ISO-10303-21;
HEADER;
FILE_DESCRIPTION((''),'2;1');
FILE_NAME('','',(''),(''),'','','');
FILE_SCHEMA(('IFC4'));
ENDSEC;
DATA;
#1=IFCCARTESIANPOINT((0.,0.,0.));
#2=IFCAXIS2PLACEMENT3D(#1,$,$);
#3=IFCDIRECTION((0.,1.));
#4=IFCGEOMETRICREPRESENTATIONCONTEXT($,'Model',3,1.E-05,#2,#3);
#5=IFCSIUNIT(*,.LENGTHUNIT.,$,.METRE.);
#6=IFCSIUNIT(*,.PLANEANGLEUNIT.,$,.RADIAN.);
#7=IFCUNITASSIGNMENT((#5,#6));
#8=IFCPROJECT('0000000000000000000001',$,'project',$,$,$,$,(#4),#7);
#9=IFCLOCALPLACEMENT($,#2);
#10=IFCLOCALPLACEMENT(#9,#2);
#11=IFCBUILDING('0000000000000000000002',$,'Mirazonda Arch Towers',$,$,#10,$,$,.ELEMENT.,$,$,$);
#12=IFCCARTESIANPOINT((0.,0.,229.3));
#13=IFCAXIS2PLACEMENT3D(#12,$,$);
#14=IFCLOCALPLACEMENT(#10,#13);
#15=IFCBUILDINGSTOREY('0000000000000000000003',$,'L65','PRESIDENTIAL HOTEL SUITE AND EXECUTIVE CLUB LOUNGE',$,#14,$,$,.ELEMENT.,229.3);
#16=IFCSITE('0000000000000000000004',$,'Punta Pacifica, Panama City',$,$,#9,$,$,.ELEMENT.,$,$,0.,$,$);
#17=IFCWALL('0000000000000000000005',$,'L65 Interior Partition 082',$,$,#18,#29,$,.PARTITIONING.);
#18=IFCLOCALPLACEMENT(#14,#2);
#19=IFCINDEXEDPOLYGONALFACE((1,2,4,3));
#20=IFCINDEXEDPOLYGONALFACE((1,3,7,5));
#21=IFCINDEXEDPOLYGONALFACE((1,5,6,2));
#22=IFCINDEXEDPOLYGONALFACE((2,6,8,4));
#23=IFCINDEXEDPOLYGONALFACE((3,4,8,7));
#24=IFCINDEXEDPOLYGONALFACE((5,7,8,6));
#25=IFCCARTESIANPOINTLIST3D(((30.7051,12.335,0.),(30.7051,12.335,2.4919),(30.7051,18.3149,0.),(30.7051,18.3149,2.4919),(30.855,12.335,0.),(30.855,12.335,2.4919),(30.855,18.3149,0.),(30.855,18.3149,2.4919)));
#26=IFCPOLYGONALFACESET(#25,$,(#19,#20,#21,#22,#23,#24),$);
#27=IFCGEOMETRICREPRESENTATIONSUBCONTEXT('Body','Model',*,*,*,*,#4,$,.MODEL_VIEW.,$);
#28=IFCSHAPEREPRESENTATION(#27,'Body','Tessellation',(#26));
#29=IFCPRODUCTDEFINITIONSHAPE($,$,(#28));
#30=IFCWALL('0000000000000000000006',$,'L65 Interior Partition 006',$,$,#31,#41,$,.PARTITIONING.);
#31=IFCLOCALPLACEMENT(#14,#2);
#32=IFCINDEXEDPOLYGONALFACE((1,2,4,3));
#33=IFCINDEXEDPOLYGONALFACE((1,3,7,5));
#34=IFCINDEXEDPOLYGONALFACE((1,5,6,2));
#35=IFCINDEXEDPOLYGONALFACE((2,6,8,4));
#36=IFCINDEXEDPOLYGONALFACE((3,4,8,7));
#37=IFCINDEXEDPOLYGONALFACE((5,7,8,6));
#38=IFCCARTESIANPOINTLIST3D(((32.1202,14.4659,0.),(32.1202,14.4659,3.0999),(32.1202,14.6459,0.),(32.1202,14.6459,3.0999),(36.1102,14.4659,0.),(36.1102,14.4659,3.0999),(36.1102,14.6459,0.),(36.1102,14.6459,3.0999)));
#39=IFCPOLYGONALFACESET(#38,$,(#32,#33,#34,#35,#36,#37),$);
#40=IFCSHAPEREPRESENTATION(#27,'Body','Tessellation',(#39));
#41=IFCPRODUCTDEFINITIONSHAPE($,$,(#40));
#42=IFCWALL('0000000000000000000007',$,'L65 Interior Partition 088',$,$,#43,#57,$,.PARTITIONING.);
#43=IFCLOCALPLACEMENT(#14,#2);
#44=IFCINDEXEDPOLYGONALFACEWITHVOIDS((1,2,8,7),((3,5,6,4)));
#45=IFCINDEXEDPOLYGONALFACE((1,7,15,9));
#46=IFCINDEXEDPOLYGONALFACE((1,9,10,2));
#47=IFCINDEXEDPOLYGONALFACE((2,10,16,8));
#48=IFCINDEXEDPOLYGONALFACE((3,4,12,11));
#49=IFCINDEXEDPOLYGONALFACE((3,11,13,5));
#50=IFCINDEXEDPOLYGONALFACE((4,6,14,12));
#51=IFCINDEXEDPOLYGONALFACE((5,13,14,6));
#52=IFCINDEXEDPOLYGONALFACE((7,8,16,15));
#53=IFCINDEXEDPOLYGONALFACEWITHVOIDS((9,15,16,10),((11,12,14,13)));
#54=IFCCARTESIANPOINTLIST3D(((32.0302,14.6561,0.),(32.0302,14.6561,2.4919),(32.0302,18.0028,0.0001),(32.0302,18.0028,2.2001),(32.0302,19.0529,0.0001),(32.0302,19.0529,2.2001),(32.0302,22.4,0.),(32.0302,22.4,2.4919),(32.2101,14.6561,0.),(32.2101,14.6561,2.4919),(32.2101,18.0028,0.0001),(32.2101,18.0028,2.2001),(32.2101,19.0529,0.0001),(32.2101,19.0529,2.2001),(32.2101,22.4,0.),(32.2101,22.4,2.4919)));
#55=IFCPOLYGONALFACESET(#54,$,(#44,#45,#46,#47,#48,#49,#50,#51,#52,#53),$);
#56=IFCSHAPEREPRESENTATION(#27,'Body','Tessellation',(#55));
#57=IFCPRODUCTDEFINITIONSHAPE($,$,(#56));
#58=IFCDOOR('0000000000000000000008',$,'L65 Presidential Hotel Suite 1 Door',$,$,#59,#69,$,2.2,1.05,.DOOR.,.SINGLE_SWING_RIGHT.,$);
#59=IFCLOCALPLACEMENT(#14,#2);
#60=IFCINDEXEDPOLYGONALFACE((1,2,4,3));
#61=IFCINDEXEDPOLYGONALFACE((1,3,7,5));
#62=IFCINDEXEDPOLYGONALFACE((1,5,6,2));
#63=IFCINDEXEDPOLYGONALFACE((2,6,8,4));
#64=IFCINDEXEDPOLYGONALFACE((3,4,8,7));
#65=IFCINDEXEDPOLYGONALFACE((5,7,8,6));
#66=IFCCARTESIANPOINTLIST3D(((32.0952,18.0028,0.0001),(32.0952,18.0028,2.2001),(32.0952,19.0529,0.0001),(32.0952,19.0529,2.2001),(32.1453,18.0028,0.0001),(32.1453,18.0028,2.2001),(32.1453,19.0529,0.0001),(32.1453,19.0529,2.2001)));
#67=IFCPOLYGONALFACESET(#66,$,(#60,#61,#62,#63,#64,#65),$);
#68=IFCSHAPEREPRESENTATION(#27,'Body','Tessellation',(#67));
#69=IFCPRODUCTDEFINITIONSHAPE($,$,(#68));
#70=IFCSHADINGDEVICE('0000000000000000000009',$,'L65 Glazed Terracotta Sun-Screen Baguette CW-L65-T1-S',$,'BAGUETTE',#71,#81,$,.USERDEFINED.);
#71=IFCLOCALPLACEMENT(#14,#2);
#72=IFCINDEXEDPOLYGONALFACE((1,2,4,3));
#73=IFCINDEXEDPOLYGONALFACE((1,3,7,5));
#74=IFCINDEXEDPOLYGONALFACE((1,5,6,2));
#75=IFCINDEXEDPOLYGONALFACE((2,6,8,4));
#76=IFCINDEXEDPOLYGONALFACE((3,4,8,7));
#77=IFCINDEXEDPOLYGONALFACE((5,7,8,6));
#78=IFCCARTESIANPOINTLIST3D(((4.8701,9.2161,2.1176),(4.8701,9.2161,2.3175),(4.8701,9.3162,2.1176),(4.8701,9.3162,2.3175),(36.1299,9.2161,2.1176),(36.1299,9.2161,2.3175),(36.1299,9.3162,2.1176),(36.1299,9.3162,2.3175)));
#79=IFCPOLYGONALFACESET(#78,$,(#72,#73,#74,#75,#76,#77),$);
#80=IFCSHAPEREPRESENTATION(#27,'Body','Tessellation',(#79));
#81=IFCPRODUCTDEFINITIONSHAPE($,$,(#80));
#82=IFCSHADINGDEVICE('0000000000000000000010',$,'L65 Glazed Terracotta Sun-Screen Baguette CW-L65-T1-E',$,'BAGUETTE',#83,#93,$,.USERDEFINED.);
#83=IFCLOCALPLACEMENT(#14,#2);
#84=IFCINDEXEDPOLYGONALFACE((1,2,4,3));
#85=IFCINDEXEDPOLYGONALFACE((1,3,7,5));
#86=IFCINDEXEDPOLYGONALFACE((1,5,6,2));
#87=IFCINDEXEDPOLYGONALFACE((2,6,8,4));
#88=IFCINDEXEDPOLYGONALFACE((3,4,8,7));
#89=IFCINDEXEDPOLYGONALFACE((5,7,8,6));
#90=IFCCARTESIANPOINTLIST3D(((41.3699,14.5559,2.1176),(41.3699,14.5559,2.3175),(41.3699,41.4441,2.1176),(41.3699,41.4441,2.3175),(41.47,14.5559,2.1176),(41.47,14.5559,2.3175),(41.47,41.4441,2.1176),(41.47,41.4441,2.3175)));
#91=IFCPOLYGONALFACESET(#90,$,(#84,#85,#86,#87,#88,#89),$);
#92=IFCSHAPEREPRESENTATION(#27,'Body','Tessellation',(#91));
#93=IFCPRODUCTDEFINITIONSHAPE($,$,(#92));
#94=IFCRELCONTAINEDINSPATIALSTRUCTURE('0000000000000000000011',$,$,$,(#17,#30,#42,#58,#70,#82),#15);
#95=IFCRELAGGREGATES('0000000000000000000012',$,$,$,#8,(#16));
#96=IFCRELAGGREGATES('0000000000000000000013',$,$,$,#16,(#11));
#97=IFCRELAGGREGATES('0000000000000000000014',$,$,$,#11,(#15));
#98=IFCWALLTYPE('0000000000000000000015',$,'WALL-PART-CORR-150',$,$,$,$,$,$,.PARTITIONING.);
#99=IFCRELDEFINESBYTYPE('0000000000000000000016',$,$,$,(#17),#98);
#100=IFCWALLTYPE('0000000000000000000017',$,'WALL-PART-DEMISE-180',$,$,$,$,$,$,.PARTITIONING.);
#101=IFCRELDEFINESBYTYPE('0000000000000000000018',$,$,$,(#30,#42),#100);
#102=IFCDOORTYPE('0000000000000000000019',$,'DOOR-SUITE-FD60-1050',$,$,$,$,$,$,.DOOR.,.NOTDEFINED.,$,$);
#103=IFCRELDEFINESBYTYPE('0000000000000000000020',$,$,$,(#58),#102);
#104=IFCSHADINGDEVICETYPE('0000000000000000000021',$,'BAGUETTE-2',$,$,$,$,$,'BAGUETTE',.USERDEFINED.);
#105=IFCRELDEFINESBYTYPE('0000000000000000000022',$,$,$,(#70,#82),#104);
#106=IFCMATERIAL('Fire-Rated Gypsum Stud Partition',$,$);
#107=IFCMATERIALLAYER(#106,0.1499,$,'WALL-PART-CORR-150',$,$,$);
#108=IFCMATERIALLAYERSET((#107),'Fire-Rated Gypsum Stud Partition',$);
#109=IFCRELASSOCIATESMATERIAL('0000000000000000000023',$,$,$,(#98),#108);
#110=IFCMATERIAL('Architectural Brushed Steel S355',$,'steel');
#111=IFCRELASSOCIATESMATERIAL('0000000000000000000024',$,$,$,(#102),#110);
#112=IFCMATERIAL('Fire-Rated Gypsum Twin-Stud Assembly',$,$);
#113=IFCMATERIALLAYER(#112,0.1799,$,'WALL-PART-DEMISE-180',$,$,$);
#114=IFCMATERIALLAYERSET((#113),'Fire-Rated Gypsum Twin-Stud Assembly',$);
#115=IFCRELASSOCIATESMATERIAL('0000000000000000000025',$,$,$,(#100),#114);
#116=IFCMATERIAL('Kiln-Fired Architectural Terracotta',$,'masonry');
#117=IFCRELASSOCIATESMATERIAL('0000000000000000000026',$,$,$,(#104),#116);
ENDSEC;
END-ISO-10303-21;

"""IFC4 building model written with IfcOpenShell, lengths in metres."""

from ifc_helpers import new_model, si_unit, direction, frame, frame_2d, origin, origin_2d, place, context, subcontext, project, spatial, rectangle, extrude, material, layer, layer_set, material_profile, profile_set, type_object, element, fill, save


model = new_model("IFC4")

# Units and contexts
model_context = context("Model", 3, precision=1e-05, world=origin(), true_north=direction((0.0, 1.0)))
body_context = subcontext(model_context, "Body", "Model", "MODEL_VIEW")
ifc_project = project(units=[si_unit("LENGTHUNIT", "METRE"), si_unit("PLANEANGLEUNIT", "RADIAN")], contexts=[model_context])

# Site, building, storey
site_placement = place(None, origin())
site = spatial("IfcSite", under=ifc_project, at=site_placement, Name="Punta Pacifica, Panama City", CompositionType="ELEMENT", RefElevation=0.0)
building_placement = place(site_placement, origin())
building = spatial("IfcBuilding", under=site, at=building_placement, Name="Mirazonda Arch Towers", CompositionType="ELEMENT")
storey_placement = place(building_placement, frame((0.0, 0.0, 229.3)))
storey = spatial("IfcBuildingStorey", under=building, at=storey_placement, Name="L65", Description="PRESIDENTIAL HOTEL SUITE AND EXECUTIVE CLUB LOUNGE", CompositionType="ELEMENT", Elevation=229.3)

# Shared definitions
ifc_material_1 = material(Name="Fire-Rated Gypsum Stud Partition")
ifc_layer_1 = layer(ifc_material_1, 0.1499, Name="WALL-PART-CORR-150")
ifc_layer_set_1 = layer_set([ifc_layer_1], Name="Fire-Rated Gypsum Stud Partition")
wall_type_1 = type_object("IfcWallType", Name="WALL-PART-CORR-150", PredefinedType="PARTITIONING", material=ifc_layer_set_1)
ifc_material_2 = material(Name="Architectural Brushed Steel S355", Category="steel")
door_type_1 = type_object("IfcDoorType", Name="DOOR-SUITE-FD60-1050", OperationType="NOTDEFINED", PredefinedType="DOOR", material=ifc_material_2)

# Walls
wall_1_placement = place(storey_placement, frame((30.78, 12.335, 0.0), z_axis=(0.0, 0.0, 1.0), x_axis=(0.0, 1.0, 0.0)))
element("IfcWall", 1, at=wall_1_placement, inside=storey, type_object=wall_type_1, Name="L65 Interior Partition 082", PredefinedType="PARTITIONING", context=body_context, shape_type="SweptSolid", body=[
    extrude(rectangle(XDim=5.98, YDim=0.1499, at=frame_2d((2.99, 0.0))), origin(), (0.0, 0.0, 1.0), 2.4919),
])
ifc_material_3 = material(Name="Fire-Rated Gypsum Twin-Stud Assembly")
ifc_layer_2 = layer(ifc_material_3, 0.1799, Name="WALL-PART-DEMISE-180")
ifc_layer_set_2 = layer_set([ifc_layer_2], Name="Fire-Rated Gypsum Twin-Stud Assembly")
wall_type_2 = type_object("IfcWallType", Name="WALL-PART-DEMISE-180", PredefinedType="PARTITIONING", material=ifc_layer_set_2)
wall_2_placement = place(storey_placement, frame((32.1201, 14.5559, 0.0), z_axis=(0.0, 0.0, 1.0), x_axis=(1.0, 0.0, 0.0)))
element("IfcWall", 2, at=wall_2_placement, inside=storey, type_object=wall_type_2, Name="L65 Interior Partition 006", PredefinedType="PARTITIONING", context=body_context, shape_type="SweptSolid", body=[
    extrude(rectangle(XDim=3.99, YDim=0.1799, at=frame_2d((1.9951, 0.0))), origin(), (0.0, 0.0, 1.0), 3.0999),
])

# Wall, opening, door
wall_3_placement = place(storey_placement, frame((32.1201, 14.656, 0.0), z_axis=(0.0, 0.0, 1.0), x_axis=(0.0, 1.0, 0.0)))
wall_3 = element("IfcWall", 3, at=wall_3_placement, inside=storey, type_object=wall_type_2, Name="L65 Interior Partition 088", PredefinedType="PARTITIONING", context=body_context, shape_type="SweptSolid", body=[
    extrude(rectangle(XDim=7.7439, YDim=0.1799, at=frame_2d((3.8721, 0.0))), origin(), (0.0, 0.0, 1.0), 2.4919),
])
opening_1_placement = place(wall_3_placement, frame((3.3469, 0.0, 0.0)))
opening_1 = element("IfcOpeningElement", 4, at=opening_1_placement, cuts=wall_3, PredefinedType="OPENING", context=body_context, shape_type="SweptSolid", body=[
    extrude(rectangle(XDim=1.05, YDim=2.2, at=frame_2d((0.5249, 1.1001))), frame((0.0, 0.0999, 0.0), z_axis=(0.0, -1.0, 0.0), x_axis=(1.0, 0.0, 0.0)), (0.0, 0.0, 1.0), 0.2),
])
door_1_placement = place(opening_1_placement, origin())
door_1 = element("IfcDoor", 5, at=door_1_placement, inside=storey, type_object=door_type_1, Name="L65 Presidential Hotel Suite 1 Door", OperationType="SINGLE_SWING_RIGHT", OverallHeight=2.2, OverallWidth=1.05, PredefinedType="DOOR", context=body_context, shape_type="SweptSolid", body=[
    extrude(rectangle(XDim=1.05, YDim=2.2, at=frame_2d((0.5249, 1.1001))), frame((0.0, 0.0249, 0.0), z_axis=(0.0, -1.0, 0.0), x_axis=(1.0, 0.0, 0.0)), (0.0, 0.0, 1.0), 0.05),
])
fill(opening_1, door_1)

# Shading devices
ifc_material_4 = material(Name="Kiln-Fired Architectural Terracotta", Category="masonry")
ifc_material_profile_1 = material_profile(ifc_material_4, rectangle(XDim=0.1001, YDim=0.2, at=origin_2d()), Name="TERRA-BAG-100x200")
ifc_profile_set_1 = profile_set([ifc_material_profile_1], Name="Kiln-Fired Architectural Terracotta")
shading_device_type = type_object("IfcShadingDeviceType", Name="BAGUETTE-2", ElementType="BAGUETTE", PredefinedType="USERDEFINED", material=ifc_profile_set_1)
shading_device_1_placement = place(storey_placement, frame((36.1299, 9.2661, 2.2175), z_axis=(-1.0, 0.0, 0.0), x_axis=(0.0, -1.0, 0.0)))
element("IfcShadingDevice", 6, at=shading_device_1_placement, inside=storey, type_object=shading_device_type, Name="L65 Glazed Terracotta Sun-Screen Baguette CW-L65-T1-S", ObjectType="BAGUETTE", PredefinedType="USERDEFINED", context=body_context, shape_type="SweptSolid", body=[
    extrude(rectangle(XDim=0.1001, YDim=0.2, at=origin_2d()), origin(), (0.0, 0.0, 1.0), 31.2598),
])
shading_device_2_placement = place(storey_placement, frame((41.4199, 14.5559, 2.2175), z_axis=(0.0, 1.0, 0.0), x_axis=(-1.0, 0.0, 0.0)))
element("IfcShadingDevice", 7, at=shading_device_2_placement, inside=storey, type_object=shading_device_type, Name="L65 Glazed Terracotta Sun-Screen Baguette CW-L65-T1-E", ObjectType="BAGUETTE", PredefinedType="USERDEFINED", context=body_context, shape_type="SweptSolid", body=[
    extrude(rectangle(XDim=0.1001, YDim=0.2, at=origin_2d()), origin(), (0.0, 0.0, 1.0), 26.8882),
])

save(model, "model.ifc")
